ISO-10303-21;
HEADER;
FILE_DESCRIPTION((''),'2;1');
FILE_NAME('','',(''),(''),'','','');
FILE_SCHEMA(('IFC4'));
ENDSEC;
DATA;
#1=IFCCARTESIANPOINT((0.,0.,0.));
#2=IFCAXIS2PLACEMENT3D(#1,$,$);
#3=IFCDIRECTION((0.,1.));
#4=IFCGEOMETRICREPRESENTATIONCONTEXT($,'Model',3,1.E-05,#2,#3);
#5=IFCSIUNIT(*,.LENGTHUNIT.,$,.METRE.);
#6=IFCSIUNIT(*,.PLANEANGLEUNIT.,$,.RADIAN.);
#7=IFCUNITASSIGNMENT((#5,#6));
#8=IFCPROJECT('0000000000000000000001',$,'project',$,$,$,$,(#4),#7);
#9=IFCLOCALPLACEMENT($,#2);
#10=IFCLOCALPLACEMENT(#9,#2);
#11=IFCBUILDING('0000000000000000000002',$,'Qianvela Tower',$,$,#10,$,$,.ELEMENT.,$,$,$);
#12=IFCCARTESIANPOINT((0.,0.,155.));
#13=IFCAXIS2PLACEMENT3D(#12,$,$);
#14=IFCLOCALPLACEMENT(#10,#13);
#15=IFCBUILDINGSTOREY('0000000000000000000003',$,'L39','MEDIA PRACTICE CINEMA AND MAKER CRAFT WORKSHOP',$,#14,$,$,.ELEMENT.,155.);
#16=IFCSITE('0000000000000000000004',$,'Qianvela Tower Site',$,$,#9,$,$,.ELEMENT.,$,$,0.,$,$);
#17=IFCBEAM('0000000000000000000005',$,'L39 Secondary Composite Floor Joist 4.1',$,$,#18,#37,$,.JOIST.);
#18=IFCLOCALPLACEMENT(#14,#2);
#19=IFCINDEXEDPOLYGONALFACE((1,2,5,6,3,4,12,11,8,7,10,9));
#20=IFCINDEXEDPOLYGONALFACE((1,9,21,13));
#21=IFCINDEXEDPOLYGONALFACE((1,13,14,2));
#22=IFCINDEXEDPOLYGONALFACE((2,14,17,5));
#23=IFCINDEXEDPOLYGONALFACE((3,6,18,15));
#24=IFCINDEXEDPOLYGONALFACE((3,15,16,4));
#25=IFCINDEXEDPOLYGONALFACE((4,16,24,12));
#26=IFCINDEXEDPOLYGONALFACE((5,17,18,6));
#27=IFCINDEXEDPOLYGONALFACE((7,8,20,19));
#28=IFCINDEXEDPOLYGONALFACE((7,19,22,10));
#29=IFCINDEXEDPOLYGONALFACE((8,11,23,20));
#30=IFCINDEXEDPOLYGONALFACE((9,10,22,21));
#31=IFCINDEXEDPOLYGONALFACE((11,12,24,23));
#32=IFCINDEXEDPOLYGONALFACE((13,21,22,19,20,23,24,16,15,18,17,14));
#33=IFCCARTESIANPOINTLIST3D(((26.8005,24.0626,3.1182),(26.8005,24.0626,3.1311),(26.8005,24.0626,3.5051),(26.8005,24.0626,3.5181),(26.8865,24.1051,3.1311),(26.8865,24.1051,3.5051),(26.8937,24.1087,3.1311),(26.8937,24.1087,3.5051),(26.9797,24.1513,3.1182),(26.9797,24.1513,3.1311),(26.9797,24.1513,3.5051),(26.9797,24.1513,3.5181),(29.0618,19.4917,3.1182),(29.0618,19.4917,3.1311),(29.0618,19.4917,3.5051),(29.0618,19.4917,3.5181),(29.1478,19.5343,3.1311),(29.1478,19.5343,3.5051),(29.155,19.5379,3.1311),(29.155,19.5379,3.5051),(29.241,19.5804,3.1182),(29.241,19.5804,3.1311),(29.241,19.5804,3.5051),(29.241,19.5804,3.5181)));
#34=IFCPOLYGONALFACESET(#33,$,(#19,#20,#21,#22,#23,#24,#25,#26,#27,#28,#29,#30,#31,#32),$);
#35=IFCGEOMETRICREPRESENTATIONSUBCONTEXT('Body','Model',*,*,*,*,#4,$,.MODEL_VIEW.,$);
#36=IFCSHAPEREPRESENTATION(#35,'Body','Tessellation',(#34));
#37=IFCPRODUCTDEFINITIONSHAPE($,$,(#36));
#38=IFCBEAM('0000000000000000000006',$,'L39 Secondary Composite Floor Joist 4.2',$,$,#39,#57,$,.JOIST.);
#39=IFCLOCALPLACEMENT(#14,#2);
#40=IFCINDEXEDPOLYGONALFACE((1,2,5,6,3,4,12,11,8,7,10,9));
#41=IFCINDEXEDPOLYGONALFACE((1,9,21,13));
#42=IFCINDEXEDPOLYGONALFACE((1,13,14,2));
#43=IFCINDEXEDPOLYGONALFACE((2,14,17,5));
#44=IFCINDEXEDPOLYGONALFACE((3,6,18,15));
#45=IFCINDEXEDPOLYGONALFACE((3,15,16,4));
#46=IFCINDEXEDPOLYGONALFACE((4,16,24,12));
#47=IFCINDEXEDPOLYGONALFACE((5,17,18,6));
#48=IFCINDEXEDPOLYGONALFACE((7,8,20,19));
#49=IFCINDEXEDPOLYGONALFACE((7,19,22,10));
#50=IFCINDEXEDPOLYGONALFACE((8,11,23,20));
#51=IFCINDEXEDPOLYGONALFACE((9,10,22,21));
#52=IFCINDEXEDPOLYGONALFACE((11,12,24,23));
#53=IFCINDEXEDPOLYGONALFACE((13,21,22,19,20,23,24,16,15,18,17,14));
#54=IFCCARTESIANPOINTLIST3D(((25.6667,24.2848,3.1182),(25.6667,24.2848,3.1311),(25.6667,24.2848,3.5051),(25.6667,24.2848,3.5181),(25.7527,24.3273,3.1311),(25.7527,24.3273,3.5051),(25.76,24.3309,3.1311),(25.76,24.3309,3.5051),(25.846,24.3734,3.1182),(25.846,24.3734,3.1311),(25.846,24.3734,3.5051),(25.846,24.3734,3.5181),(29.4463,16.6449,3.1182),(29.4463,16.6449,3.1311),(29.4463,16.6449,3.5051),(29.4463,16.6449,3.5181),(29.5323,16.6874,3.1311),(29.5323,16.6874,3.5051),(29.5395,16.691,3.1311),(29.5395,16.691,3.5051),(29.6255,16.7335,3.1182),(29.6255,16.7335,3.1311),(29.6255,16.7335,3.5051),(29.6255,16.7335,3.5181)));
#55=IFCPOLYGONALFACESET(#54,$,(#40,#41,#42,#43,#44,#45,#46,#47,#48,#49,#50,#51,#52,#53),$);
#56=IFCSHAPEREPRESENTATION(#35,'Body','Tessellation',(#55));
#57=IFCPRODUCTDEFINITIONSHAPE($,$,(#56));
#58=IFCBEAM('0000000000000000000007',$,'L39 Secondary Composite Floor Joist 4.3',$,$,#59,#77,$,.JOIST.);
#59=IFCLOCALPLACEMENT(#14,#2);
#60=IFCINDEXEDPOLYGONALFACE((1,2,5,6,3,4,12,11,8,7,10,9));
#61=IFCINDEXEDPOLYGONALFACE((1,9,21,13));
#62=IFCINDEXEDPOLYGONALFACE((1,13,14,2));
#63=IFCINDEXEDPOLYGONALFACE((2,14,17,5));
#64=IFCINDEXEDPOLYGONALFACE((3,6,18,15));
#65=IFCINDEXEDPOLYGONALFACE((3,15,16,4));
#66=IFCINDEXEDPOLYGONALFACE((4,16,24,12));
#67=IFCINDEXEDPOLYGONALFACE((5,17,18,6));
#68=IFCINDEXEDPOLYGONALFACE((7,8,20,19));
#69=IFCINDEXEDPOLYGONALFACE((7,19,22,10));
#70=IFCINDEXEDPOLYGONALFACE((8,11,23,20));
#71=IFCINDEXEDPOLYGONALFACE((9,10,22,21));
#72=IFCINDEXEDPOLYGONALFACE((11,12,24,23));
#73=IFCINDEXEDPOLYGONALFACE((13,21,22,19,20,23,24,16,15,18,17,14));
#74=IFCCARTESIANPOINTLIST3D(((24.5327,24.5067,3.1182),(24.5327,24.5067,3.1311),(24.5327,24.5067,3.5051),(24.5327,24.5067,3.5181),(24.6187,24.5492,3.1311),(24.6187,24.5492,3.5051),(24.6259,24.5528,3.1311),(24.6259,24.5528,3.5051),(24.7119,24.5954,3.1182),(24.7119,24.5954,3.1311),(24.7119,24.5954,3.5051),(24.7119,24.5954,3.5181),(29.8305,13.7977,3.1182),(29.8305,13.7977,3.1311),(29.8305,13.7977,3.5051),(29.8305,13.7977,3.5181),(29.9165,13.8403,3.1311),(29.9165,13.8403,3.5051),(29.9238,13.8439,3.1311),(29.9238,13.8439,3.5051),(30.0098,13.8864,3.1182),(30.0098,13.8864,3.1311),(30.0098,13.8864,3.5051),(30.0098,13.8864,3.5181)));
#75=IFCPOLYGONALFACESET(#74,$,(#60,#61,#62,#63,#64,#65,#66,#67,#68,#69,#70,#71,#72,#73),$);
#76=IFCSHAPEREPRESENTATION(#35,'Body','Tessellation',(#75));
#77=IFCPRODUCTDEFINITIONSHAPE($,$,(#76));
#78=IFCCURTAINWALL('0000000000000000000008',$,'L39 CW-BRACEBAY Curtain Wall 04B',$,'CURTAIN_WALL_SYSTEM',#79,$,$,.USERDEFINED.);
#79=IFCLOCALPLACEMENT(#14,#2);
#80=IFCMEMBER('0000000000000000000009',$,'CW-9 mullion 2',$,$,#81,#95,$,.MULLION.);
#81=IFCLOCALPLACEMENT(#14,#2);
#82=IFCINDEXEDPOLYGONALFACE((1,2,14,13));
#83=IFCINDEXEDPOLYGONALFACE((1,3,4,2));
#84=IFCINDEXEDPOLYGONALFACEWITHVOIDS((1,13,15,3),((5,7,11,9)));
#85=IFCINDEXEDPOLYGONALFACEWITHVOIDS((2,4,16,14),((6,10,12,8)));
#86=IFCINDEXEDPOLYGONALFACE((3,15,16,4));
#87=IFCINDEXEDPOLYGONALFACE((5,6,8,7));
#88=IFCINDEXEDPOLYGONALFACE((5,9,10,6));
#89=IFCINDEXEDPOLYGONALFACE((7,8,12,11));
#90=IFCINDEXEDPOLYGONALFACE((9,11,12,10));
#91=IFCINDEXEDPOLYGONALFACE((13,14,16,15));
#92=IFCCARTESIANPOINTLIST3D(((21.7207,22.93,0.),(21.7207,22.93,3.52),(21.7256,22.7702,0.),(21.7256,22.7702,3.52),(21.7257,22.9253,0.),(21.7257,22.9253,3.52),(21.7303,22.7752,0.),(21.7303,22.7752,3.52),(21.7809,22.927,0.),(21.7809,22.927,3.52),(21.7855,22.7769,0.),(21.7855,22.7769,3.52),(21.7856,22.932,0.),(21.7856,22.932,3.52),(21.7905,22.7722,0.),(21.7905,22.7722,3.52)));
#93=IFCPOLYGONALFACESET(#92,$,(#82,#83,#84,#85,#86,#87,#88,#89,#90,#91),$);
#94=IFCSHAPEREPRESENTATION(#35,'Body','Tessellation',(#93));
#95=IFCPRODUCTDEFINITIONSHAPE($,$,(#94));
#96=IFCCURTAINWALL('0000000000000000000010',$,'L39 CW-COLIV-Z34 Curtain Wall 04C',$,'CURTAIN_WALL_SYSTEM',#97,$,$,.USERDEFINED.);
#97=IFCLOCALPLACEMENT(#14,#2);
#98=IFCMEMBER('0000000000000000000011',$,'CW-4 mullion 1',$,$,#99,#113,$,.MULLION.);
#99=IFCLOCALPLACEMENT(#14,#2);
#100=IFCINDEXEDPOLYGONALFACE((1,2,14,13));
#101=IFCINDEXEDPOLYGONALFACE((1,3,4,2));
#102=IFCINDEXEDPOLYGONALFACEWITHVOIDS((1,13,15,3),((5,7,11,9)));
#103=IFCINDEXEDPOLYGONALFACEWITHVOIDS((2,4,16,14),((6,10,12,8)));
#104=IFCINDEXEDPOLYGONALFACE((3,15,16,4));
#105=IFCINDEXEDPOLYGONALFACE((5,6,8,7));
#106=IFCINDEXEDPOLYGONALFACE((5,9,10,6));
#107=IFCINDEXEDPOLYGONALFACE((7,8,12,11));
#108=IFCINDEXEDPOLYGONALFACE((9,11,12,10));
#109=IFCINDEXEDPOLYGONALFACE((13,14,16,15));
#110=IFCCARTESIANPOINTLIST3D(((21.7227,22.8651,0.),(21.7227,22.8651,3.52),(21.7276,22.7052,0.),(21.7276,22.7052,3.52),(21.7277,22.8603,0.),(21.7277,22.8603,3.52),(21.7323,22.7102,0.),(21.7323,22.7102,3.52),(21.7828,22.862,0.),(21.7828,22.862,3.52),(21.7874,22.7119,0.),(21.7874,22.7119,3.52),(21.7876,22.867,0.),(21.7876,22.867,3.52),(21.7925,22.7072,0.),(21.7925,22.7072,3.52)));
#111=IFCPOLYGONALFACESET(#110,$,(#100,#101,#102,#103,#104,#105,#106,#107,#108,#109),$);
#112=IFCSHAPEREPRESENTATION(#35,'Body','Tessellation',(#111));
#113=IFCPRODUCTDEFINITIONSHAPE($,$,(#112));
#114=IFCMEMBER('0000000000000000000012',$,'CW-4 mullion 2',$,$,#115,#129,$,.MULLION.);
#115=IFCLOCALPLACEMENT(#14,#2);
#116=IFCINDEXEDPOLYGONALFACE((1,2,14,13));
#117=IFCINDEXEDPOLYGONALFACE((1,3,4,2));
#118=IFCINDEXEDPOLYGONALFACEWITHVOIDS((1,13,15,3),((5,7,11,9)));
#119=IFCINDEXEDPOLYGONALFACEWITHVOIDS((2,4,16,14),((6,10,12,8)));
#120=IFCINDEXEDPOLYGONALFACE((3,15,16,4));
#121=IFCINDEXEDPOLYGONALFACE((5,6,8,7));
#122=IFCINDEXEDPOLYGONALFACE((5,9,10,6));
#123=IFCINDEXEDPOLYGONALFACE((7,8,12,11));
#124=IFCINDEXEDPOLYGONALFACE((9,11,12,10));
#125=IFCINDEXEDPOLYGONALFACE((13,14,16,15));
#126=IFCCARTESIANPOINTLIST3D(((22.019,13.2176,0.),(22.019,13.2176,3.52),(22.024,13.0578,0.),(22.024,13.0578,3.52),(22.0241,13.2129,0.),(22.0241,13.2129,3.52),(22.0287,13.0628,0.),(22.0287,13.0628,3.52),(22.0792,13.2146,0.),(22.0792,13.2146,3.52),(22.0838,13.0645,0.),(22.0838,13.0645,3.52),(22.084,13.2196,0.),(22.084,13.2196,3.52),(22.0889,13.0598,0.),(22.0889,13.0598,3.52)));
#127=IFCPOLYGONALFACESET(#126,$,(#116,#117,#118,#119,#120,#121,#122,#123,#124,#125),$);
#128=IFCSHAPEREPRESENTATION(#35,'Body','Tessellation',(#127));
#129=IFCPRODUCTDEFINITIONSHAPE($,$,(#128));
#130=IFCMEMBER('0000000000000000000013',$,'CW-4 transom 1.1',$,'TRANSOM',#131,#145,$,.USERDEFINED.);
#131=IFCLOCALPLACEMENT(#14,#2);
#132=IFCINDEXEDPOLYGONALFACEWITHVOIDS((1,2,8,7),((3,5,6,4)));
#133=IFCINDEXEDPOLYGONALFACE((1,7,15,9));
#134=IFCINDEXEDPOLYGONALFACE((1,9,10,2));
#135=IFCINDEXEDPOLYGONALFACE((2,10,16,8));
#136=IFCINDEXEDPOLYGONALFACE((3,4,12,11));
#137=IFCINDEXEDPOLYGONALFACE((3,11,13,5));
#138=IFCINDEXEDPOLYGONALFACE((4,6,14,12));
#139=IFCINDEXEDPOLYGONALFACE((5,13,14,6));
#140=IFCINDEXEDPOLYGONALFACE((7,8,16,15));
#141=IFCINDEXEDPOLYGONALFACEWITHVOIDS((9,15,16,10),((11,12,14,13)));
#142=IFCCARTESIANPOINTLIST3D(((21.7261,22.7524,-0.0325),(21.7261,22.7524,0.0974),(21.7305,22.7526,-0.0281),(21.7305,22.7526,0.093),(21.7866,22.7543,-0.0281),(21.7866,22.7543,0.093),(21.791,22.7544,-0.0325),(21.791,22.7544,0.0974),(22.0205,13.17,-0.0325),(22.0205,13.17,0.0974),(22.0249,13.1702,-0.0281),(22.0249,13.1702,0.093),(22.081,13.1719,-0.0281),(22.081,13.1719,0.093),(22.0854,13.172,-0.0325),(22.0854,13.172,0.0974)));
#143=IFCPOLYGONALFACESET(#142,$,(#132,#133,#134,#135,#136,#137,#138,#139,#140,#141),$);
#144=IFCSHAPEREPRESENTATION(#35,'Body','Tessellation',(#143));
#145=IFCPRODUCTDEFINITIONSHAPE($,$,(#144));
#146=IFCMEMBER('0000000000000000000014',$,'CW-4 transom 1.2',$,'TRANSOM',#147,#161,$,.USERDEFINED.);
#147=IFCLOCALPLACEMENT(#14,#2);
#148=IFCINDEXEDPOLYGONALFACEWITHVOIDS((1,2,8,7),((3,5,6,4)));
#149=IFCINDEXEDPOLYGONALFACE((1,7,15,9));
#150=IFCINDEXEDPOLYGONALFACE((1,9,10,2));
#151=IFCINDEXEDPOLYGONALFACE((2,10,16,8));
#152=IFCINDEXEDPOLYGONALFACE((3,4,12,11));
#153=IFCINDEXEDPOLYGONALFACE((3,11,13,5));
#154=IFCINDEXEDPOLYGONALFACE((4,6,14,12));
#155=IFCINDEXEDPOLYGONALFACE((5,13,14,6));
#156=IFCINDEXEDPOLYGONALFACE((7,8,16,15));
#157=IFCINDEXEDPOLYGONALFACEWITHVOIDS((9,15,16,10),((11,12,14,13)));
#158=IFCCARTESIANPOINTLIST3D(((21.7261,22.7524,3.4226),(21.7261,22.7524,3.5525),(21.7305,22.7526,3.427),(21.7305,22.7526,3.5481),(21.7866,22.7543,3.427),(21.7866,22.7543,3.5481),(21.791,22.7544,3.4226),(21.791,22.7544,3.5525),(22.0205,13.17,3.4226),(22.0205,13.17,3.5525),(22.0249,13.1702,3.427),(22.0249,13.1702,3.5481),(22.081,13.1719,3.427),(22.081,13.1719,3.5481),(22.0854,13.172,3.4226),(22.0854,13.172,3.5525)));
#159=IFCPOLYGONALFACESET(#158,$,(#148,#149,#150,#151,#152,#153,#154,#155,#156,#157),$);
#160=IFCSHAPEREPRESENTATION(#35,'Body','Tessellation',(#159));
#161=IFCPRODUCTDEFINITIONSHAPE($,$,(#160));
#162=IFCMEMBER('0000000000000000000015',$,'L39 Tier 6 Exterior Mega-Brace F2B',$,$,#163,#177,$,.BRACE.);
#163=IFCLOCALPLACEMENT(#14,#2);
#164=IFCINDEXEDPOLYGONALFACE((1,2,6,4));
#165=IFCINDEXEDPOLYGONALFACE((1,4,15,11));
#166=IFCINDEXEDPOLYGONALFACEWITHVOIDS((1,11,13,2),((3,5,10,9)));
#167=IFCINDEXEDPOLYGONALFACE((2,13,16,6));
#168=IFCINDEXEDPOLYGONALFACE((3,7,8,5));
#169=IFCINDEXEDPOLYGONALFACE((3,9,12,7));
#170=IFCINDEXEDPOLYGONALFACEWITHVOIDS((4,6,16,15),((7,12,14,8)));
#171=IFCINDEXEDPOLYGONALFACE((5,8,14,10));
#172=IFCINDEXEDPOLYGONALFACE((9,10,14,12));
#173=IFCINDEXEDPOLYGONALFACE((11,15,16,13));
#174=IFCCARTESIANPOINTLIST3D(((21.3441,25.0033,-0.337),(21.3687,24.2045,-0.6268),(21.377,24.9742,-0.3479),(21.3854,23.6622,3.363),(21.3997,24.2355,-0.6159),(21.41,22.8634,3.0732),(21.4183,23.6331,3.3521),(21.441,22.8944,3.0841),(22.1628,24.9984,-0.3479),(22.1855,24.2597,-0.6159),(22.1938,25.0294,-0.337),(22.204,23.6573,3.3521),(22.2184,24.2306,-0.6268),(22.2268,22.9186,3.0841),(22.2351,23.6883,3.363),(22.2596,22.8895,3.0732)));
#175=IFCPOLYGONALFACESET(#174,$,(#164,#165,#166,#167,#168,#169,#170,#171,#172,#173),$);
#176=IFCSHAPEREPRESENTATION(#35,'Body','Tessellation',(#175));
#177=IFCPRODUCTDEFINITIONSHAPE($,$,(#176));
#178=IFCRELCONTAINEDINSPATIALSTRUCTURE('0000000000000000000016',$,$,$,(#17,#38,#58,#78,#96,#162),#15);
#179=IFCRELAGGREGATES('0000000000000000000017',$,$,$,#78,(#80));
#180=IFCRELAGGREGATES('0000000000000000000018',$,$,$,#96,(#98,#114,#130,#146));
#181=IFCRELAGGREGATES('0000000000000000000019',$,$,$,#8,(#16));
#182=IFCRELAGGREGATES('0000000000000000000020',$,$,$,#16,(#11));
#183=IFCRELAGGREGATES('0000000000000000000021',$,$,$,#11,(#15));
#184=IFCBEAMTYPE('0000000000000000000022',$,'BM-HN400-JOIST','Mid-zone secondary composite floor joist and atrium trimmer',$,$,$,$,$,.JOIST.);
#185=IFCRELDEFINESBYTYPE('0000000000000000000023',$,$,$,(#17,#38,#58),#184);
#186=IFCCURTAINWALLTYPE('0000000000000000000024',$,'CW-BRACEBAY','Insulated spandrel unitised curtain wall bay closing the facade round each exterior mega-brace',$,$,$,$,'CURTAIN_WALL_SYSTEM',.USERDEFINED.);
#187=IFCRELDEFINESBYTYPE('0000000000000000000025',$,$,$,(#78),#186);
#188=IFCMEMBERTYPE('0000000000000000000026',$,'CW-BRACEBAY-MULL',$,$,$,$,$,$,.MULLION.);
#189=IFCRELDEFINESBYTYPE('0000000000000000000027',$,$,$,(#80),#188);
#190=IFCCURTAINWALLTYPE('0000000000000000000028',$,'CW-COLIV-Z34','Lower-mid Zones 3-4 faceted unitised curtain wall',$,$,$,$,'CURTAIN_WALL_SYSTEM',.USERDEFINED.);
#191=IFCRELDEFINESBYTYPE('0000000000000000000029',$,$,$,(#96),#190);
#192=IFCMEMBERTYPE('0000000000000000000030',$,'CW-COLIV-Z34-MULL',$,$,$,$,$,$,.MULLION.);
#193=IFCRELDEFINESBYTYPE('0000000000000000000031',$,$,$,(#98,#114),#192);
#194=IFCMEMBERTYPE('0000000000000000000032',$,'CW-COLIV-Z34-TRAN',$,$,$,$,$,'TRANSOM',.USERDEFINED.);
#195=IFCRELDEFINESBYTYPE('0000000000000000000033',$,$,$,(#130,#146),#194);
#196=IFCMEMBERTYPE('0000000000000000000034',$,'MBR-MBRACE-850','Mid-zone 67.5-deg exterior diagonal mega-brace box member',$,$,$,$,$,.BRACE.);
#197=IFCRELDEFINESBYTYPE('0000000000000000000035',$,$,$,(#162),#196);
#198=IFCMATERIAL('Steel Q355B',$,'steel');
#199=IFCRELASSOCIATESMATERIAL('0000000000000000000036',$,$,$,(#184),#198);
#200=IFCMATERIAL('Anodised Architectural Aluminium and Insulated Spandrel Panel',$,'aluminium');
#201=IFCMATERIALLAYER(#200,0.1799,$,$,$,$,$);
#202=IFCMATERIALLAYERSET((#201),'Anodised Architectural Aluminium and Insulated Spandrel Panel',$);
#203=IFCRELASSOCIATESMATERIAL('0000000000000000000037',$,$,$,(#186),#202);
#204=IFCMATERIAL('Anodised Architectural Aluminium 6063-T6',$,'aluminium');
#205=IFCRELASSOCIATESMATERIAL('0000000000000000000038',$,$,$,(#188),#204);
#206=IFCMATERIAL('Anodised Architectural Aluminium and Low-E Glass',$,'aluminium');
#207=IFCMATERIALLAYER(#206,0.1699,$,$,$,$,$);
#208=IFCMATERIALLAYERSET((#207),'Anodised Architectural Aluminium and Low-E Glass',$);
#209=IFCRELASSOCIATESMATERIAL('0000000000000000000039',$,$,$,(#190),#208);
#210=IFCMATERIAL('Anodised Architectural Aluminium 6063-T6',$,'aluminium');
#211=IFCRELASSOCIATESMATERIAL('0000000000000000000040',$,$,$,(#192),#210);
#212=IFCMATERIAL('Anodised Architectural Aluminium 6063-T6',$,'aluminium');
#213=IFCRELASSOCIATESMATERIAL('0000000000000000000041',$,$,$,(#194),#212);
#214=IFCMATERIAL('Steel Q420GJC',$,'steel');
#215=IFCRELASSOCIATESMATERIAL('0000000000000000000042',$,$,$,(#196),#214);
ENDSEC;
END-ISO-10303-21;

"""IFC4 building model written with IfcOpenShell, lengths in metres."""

from ifc_helpers import new_model, si_unit, direction, frame, origin, origin_2d, place, context, subcontext, project, spatial, hollow_rectangle, i_section, extrude, material, layer, layer_set, material_profile, profile_set, type_object, element, aggregate, save


model = new_model("IFC4")

# Units and contexts
model_context = context("Model", 3, precision=1e-05, world=origin(), true_north=direction((0.0, 1.0)))
body_context = subcontext(model_context, "Body", "Model", "MODEL_VIEW")
ifc_project = project(units=[si_unit("LENGTHUNIT", "METRE"), si_unit("PLANEANGLEUNIT", "RADIAN")], contexts=[model_context])

# Site, building, storey
site_placement = place(None, origin())
site = spatial("IfcSite", under=ifc_project, at=site_placement, Name="Qianvela Tower Site", CompositionType="ELEMENT", RefElevation=0.0)
building_placement = place(site_placement, origin())
building = spatial("IfcBuilding", under=site, at=building_placement, Name="Qianvela Tower", CompositionType="ELEMENT")
storey_placement = place(building_placement, frame((0.0, 0.0, 155.0)))
storey = spatial("IfcBuildingStorey", under=building, at=storey_placement, Name="L39", Description="MEDIA PRACTICE CINEMA AND MAKER CRAFT WORKSHOP", CompositionType="ELEMENT", Elevation=155.0)

# Beams
ifc_material_1 = material(Name="Steel Q355B", Category="steel")
ifc_material_profile_1 = material_profile(ifc_material_1, i_section(OverallWidth=0.2, OverallDepth=0.3999, WebThickness=0.0081, FlangeThickness=0.0129, at=origin_2d()), Name="HN400x200x8x13")
ifc_profile_set_1 = profile_set([ifc_material_profile_1], Name="Steel Q355B")
beam_type = type_object("IfcBeamType", Name="BM-HN400-JOIST", Description="Mid-zone secondary composite floor joist and atrium trimmer", PredefinedType="JOIST", material=ifc_profile_set_1)
beam_1_placement = place(storey_placement, frame((26.8901, 24.1069, 3.3181), z_axis=(0.443418, -0.896315, 0.0), x_axis=(0.896315, 0.443418, 0.0)))
element("IfcBeam", 1, at=beam_1_placement, inside=storey, type_object=beam_type, Name="L39 Secondary Composite Floor Joist 4.1", PredefinedType="JOIST", context=body_context, shape_type="SweptSolid", body=[
    extrude(i_section(OverallWidth=0.2, OverallDepth=0.3999, WebThickness=0.0081, FlangeThickness=0.0129, at=origin_2d()), origin(), (0.0, 0.0, 1.0), 5.0996),
])
beam_2_placement = place(storey_placement, frame((25.7563, 24.3291, 3.3181), z_axis=(0.443417, -0.896315, 0.0), x_axis=(0.896315, 0.443417, 0.0)))
element("IfcBeam", 2, at=beam_2_placement, inside=storey, type_object=beam_type, Name="L39 Secondary Composite Floor Joist 4.2", PredefinedType="JOIST", context=body_context, shape_type="SweptSolid", body=[
    extrude(i_section(OverallWidth=0.2, OverallDepth=0.3999, WebThickness=0.0081, FlangeThickness=0.0129, at=origin_2d()), origin(), (0.0, 0.0, 1.0), 8.5237),
])
beam_3_placement = place(storey_placement, frame((24.6223, 24.551, 3.3181), z_axis=(0.443417, -0.896315, 0.0), x_axis=(0.896315, 0.443417, 0.0)))
element("IfcBeam", 3, at=beam_3_placement, inside=storey, type_object=beam_type, Name="L39 Secondary Composite Floor Joist 4.3", PredefinedType="JOIST", context=body_context, shape_type="SweptSolid", body=[
    extrude(i_section(OverallWidth=0.2, OverallDepth=0.3999, WebThickness=0.0081, FlangeThickness=0.0129, at=origin_2d()), origin(), (0.0, 0.0, 1.0), 11.9478),
])

# Curtain wall, member
ifc_material_2 = material(Name="Anodised Architectural Aluminium and Insulated Spandrel Panel", Category="aluminium")
ifc_layer_1 = layer(ifc_material_2, 0.1799)
ifc_layer_set_1 = layer_set([ifc_layer_1], Name="Anodised Architectural Aluminium and Insulated Spandrel Panel")
curtain_wall_type_1 = type_object("IfcCurtainWallType", Name="CW-BRACEBAY", Description="Insulated spandrel unitised curtain wall bay closing the facade round each exterior mega-brace", ElementType="CURTAIN_WALL_SYSTEM", PredefinedType="USERDEFINED", material=ifc_layer_set_1)
curtain_wall_1_placement = place(storey_placement, origin())
curtain_wall_1 = element("IfcCurtainWall", 4, at=curtain_wall_1_placement, inside=storey, type_object=curtain_wall_type_1, Name="L39 CW-BRACEBAY Curtain Wall 04B", ObjectType="CURTAIN_WALL_SYSTEM", PredefinedType="USERDEFINED")
ifc_material_3 = material(Name="Anodised Architectural Aluminium 6063-T6", Category="aluminium")
ifc_material_profile_2 = material_profile(ifc_material_3, hollow_rectangle(XDim=0.0649, YDim=0.1599, WallThickness=0.0049, at=origin_2d()), Name="ALU-MULL-65x160")
ifc_profile_set_2 = profile_set([ifc_material_profile_2], Name="Anodised Architectural Aluminium 6063-T6")
member_type_1 = type_object("IfcMemberType", Name="CW-BRACEBAY-MULL", PredefinedType="MULLION", material=ifc_profile_set_2)
member_1_placement = place(storey_placement, frame((21.7556, 22.8511, 0.0), z_axis=(0.0, 0.0, 1.0), x_axis=(0.999529, 0.030696, 0.0)))
member_1 = element("IfcMember", 5, at=member_1_placement, type_object=member_type_1, Name="CW-9 mullion 2", PredefinedType="MULLION", context=body_context, shape_type="SweptSolid", body=[
    extrude(hollow_rectangle(XDim=0.0649, YDim=0.1599, WallThickness=0.0049, at=origin_2d()), origin(), (0.0, 0.0, 1.0), 3.52),
])

# Curtain wall, members
ifc_material_4 = material(Name="Anodised Architectural Aluminium and Low-E Glass", Category="aluminium")
ifc_layer_2 = layer(ifc_material_4, 0.1699)
ifc_layer_set_2 = layer_set([ifc_layer_2], Name="Anodised Architectural Aluminium and Low-E Glass")
curtain_wall_type_2 = type_object("IfcCurtainWallType", Name="CW-COLIV-Z34", Description="Lower-mid Zones 3-4 faceted unitised curtain wall", ElementType="CURTAIN_WALL_SYSTEM", PredefinedType="USERDEFINED", material=ifc_layer_set_2)
curtain_wall_2_placement = place(storey_placement, origin())
curtain_wall_2 = element("IfcCurtainWall", 6, at=curtain_wall_2_placement, inside=storey, type_object=curtain_wall_type_2, Name="L39 CW-COLIV-Z34 Curtain Wall 04C", ObjectType="CURTAIN_WALL_SYSTEM", PredefinedType="USERDEFINED")
ifc_material_5 = material(Name="Anodised Architectural Aluminium 6063-T6", Category="aluminium")
ifc_material_profile_3 = material_profile(ifc_material_5, hollow_rectangle(XDim=0.0649, YDim=0.1599, WallThickness=0.0049, at=origin_2d()), Name="ALU-MULL-65x160")
ifc_profile_set_3 = profile_set([ifc_material_profile_3], Name="Anodised Architectural Aluminium 6063-T6")
member_type_2 = type_object("IfcMemberType", Name="CW-COLIV-Z34-MULL", PredefinedType="MULLION", material=ifc_profile_set_3)
member_2_placement = place(storey_placement, frame((21.7576, 22.7861, 0.0), z_axis=(0.0, 0.0, 1.0), x_axis=(0.999528, 0.030719, 0.0)))
member_2 = element("IfcMember", 7, at=member_2_placement, type_object=member_type_2, Name="CW-4 mullion 1", PredefinedType="MULLION", context=body_context, shape_type="SweptSolid", body=[
    extrude(hollow_rectangle(XDim=0.0649, YDim=0.1599, WallThickness=0.0049, at=origin_2d()), origin(), (0.0, 0.0, 1.0), 3.52),
])
member_3_placement = place(storey_placement, frame((22.054, 13.1387, 0.0), z_axis=(0.0, 0.0, 1.0), x_axis=(0.999528, 0.030719, 0.0)))
member_3 = element("IfcMember", 8, at=member_3_placement, type_object=member_type_2, Name="CW-4 mullion 2", PredefinedType="MULLION", context=body_context, shape_type="SweptSolid", body=[
    extrude(hollow_rectangle(XDim=0.0649, YDim=0.1599, WallThickness=0.0049, at=origin_2d()), origin(), (0.0, 0.0, 1.0), 3.52),
])
ifc_material_6 = material(Name="Anodised Architectural Aluminium 6063-T6", Category="aluminium")
ifc_material_profile_4 = material_profile(ifc_material_6, hollow_rectangle(XDim=0.0649, YDim=0.1299, WallThickness=0.0044, at=origin_2d()), Name="ALU-TRAN-65x130")
ifc_profile_set_4 = profile_set([ifc_material_profile_4], Name="Anodised Architectural Aluminium 6063-T6")
member_type_3 = type_object("IfcMemberType", Name="CW-COLIV-Z34-TRAN", ElementType="TRANSOM", PredefinedType="USERDEFINED", material=ifc_profile_set_4)
member_4_placement = place(storey_placement, frame((21.7585, 22.7534, 0.0325), z_axis=(0.030712, -0.999528, 0.0), x_axis=(0.999528, 0.030712, 0.0)))
member_4 = element("IfcMember", 9, at=member_4_placement, type_object=member_type_3, Name="CW-4 transom 1.1", ObjectType="TRANSOM", PredefinedType="USERDEFINED", context=body_context, shape_type="SweptSolid", body=[
    extrude(hollow_rectangle(XDim=0.0649, YDim=0.1299, WallThickness=0.0044, at=origin_2d()), origin(), (0.0, 0.0, 1.0), 9.5869),
])
member_5_placement = place(storey_placement, frame((21.7585, 22.7534, 3.4875), z_axis=(0.030712, -0.999528, 0.0), x_axis=(0.999528, 0.030712, 0.0)))
member_5 = element("IfcMember", 10, at=member_5_placement, type_object=member_type_3, Name="CW-4 transom 1.2", ObjectType="TRANSOM", PredefinedType="USERDEFINED", context=body_context, shape_type="SweptSolid", body=[
    extrude(hollow_rectangle(XDim=0.0649, YDim=0.1299, WallThickness=0.0044, at=origin_2d()), origin(), (0.0, 0.0, 1.0), 9.5869),
])

# Member
ifc_material_7 = material(Name="Steel Q420GJC", Category="steel")
ifc_material_profile_5 = material_profile(ifc_material_7, hollow_rectangle(XDim=0.8501, YDim=0.8501, WallThickness=0.032, at=origin_2d()), Name="MBOX-850x850x32")
ifc_profile_set_5 = profile_set([ifc_material_profile_5], Name="Steel Q420GJC")
member_type_4 = type_object("IfcMemberType", Name="MBR-MBRACE-850", Description="Mid-zone 67.5-deg exterior diagonal mega-brace box member", PredefinedType="BRACE", material=ifc_profile_set_5)
member_6_placement = place(storey_placement, frame((21.7812, 24.6169, -0.4819), z_axis=(0.010483, -0.340743, 0.940098), x_axis=(0.999527, 0.030752, 0.0)))
element("IfcMember", 11, at=member_6_placement, inside=storey, type_object=member_type_4, Name="L39 Tier 6 Exterior Mega-Brace F2B", PredefinedType="BRACE", context=body_context, shape_type="SweptSolid", body=[
    extrude(hollow_rectangle(XDim=0.8501, YDim=0.8501, WallThickness=0.032, at=origin_2d()), origin(), (0.0, 0.0, 1.0), 3.9358),
])

aggregate(curtain_wall_1, [member_1])
aggregate(curtain_wall_2, [member_2, member_3, member_4, member_5])

save(model, "model.ifc")
